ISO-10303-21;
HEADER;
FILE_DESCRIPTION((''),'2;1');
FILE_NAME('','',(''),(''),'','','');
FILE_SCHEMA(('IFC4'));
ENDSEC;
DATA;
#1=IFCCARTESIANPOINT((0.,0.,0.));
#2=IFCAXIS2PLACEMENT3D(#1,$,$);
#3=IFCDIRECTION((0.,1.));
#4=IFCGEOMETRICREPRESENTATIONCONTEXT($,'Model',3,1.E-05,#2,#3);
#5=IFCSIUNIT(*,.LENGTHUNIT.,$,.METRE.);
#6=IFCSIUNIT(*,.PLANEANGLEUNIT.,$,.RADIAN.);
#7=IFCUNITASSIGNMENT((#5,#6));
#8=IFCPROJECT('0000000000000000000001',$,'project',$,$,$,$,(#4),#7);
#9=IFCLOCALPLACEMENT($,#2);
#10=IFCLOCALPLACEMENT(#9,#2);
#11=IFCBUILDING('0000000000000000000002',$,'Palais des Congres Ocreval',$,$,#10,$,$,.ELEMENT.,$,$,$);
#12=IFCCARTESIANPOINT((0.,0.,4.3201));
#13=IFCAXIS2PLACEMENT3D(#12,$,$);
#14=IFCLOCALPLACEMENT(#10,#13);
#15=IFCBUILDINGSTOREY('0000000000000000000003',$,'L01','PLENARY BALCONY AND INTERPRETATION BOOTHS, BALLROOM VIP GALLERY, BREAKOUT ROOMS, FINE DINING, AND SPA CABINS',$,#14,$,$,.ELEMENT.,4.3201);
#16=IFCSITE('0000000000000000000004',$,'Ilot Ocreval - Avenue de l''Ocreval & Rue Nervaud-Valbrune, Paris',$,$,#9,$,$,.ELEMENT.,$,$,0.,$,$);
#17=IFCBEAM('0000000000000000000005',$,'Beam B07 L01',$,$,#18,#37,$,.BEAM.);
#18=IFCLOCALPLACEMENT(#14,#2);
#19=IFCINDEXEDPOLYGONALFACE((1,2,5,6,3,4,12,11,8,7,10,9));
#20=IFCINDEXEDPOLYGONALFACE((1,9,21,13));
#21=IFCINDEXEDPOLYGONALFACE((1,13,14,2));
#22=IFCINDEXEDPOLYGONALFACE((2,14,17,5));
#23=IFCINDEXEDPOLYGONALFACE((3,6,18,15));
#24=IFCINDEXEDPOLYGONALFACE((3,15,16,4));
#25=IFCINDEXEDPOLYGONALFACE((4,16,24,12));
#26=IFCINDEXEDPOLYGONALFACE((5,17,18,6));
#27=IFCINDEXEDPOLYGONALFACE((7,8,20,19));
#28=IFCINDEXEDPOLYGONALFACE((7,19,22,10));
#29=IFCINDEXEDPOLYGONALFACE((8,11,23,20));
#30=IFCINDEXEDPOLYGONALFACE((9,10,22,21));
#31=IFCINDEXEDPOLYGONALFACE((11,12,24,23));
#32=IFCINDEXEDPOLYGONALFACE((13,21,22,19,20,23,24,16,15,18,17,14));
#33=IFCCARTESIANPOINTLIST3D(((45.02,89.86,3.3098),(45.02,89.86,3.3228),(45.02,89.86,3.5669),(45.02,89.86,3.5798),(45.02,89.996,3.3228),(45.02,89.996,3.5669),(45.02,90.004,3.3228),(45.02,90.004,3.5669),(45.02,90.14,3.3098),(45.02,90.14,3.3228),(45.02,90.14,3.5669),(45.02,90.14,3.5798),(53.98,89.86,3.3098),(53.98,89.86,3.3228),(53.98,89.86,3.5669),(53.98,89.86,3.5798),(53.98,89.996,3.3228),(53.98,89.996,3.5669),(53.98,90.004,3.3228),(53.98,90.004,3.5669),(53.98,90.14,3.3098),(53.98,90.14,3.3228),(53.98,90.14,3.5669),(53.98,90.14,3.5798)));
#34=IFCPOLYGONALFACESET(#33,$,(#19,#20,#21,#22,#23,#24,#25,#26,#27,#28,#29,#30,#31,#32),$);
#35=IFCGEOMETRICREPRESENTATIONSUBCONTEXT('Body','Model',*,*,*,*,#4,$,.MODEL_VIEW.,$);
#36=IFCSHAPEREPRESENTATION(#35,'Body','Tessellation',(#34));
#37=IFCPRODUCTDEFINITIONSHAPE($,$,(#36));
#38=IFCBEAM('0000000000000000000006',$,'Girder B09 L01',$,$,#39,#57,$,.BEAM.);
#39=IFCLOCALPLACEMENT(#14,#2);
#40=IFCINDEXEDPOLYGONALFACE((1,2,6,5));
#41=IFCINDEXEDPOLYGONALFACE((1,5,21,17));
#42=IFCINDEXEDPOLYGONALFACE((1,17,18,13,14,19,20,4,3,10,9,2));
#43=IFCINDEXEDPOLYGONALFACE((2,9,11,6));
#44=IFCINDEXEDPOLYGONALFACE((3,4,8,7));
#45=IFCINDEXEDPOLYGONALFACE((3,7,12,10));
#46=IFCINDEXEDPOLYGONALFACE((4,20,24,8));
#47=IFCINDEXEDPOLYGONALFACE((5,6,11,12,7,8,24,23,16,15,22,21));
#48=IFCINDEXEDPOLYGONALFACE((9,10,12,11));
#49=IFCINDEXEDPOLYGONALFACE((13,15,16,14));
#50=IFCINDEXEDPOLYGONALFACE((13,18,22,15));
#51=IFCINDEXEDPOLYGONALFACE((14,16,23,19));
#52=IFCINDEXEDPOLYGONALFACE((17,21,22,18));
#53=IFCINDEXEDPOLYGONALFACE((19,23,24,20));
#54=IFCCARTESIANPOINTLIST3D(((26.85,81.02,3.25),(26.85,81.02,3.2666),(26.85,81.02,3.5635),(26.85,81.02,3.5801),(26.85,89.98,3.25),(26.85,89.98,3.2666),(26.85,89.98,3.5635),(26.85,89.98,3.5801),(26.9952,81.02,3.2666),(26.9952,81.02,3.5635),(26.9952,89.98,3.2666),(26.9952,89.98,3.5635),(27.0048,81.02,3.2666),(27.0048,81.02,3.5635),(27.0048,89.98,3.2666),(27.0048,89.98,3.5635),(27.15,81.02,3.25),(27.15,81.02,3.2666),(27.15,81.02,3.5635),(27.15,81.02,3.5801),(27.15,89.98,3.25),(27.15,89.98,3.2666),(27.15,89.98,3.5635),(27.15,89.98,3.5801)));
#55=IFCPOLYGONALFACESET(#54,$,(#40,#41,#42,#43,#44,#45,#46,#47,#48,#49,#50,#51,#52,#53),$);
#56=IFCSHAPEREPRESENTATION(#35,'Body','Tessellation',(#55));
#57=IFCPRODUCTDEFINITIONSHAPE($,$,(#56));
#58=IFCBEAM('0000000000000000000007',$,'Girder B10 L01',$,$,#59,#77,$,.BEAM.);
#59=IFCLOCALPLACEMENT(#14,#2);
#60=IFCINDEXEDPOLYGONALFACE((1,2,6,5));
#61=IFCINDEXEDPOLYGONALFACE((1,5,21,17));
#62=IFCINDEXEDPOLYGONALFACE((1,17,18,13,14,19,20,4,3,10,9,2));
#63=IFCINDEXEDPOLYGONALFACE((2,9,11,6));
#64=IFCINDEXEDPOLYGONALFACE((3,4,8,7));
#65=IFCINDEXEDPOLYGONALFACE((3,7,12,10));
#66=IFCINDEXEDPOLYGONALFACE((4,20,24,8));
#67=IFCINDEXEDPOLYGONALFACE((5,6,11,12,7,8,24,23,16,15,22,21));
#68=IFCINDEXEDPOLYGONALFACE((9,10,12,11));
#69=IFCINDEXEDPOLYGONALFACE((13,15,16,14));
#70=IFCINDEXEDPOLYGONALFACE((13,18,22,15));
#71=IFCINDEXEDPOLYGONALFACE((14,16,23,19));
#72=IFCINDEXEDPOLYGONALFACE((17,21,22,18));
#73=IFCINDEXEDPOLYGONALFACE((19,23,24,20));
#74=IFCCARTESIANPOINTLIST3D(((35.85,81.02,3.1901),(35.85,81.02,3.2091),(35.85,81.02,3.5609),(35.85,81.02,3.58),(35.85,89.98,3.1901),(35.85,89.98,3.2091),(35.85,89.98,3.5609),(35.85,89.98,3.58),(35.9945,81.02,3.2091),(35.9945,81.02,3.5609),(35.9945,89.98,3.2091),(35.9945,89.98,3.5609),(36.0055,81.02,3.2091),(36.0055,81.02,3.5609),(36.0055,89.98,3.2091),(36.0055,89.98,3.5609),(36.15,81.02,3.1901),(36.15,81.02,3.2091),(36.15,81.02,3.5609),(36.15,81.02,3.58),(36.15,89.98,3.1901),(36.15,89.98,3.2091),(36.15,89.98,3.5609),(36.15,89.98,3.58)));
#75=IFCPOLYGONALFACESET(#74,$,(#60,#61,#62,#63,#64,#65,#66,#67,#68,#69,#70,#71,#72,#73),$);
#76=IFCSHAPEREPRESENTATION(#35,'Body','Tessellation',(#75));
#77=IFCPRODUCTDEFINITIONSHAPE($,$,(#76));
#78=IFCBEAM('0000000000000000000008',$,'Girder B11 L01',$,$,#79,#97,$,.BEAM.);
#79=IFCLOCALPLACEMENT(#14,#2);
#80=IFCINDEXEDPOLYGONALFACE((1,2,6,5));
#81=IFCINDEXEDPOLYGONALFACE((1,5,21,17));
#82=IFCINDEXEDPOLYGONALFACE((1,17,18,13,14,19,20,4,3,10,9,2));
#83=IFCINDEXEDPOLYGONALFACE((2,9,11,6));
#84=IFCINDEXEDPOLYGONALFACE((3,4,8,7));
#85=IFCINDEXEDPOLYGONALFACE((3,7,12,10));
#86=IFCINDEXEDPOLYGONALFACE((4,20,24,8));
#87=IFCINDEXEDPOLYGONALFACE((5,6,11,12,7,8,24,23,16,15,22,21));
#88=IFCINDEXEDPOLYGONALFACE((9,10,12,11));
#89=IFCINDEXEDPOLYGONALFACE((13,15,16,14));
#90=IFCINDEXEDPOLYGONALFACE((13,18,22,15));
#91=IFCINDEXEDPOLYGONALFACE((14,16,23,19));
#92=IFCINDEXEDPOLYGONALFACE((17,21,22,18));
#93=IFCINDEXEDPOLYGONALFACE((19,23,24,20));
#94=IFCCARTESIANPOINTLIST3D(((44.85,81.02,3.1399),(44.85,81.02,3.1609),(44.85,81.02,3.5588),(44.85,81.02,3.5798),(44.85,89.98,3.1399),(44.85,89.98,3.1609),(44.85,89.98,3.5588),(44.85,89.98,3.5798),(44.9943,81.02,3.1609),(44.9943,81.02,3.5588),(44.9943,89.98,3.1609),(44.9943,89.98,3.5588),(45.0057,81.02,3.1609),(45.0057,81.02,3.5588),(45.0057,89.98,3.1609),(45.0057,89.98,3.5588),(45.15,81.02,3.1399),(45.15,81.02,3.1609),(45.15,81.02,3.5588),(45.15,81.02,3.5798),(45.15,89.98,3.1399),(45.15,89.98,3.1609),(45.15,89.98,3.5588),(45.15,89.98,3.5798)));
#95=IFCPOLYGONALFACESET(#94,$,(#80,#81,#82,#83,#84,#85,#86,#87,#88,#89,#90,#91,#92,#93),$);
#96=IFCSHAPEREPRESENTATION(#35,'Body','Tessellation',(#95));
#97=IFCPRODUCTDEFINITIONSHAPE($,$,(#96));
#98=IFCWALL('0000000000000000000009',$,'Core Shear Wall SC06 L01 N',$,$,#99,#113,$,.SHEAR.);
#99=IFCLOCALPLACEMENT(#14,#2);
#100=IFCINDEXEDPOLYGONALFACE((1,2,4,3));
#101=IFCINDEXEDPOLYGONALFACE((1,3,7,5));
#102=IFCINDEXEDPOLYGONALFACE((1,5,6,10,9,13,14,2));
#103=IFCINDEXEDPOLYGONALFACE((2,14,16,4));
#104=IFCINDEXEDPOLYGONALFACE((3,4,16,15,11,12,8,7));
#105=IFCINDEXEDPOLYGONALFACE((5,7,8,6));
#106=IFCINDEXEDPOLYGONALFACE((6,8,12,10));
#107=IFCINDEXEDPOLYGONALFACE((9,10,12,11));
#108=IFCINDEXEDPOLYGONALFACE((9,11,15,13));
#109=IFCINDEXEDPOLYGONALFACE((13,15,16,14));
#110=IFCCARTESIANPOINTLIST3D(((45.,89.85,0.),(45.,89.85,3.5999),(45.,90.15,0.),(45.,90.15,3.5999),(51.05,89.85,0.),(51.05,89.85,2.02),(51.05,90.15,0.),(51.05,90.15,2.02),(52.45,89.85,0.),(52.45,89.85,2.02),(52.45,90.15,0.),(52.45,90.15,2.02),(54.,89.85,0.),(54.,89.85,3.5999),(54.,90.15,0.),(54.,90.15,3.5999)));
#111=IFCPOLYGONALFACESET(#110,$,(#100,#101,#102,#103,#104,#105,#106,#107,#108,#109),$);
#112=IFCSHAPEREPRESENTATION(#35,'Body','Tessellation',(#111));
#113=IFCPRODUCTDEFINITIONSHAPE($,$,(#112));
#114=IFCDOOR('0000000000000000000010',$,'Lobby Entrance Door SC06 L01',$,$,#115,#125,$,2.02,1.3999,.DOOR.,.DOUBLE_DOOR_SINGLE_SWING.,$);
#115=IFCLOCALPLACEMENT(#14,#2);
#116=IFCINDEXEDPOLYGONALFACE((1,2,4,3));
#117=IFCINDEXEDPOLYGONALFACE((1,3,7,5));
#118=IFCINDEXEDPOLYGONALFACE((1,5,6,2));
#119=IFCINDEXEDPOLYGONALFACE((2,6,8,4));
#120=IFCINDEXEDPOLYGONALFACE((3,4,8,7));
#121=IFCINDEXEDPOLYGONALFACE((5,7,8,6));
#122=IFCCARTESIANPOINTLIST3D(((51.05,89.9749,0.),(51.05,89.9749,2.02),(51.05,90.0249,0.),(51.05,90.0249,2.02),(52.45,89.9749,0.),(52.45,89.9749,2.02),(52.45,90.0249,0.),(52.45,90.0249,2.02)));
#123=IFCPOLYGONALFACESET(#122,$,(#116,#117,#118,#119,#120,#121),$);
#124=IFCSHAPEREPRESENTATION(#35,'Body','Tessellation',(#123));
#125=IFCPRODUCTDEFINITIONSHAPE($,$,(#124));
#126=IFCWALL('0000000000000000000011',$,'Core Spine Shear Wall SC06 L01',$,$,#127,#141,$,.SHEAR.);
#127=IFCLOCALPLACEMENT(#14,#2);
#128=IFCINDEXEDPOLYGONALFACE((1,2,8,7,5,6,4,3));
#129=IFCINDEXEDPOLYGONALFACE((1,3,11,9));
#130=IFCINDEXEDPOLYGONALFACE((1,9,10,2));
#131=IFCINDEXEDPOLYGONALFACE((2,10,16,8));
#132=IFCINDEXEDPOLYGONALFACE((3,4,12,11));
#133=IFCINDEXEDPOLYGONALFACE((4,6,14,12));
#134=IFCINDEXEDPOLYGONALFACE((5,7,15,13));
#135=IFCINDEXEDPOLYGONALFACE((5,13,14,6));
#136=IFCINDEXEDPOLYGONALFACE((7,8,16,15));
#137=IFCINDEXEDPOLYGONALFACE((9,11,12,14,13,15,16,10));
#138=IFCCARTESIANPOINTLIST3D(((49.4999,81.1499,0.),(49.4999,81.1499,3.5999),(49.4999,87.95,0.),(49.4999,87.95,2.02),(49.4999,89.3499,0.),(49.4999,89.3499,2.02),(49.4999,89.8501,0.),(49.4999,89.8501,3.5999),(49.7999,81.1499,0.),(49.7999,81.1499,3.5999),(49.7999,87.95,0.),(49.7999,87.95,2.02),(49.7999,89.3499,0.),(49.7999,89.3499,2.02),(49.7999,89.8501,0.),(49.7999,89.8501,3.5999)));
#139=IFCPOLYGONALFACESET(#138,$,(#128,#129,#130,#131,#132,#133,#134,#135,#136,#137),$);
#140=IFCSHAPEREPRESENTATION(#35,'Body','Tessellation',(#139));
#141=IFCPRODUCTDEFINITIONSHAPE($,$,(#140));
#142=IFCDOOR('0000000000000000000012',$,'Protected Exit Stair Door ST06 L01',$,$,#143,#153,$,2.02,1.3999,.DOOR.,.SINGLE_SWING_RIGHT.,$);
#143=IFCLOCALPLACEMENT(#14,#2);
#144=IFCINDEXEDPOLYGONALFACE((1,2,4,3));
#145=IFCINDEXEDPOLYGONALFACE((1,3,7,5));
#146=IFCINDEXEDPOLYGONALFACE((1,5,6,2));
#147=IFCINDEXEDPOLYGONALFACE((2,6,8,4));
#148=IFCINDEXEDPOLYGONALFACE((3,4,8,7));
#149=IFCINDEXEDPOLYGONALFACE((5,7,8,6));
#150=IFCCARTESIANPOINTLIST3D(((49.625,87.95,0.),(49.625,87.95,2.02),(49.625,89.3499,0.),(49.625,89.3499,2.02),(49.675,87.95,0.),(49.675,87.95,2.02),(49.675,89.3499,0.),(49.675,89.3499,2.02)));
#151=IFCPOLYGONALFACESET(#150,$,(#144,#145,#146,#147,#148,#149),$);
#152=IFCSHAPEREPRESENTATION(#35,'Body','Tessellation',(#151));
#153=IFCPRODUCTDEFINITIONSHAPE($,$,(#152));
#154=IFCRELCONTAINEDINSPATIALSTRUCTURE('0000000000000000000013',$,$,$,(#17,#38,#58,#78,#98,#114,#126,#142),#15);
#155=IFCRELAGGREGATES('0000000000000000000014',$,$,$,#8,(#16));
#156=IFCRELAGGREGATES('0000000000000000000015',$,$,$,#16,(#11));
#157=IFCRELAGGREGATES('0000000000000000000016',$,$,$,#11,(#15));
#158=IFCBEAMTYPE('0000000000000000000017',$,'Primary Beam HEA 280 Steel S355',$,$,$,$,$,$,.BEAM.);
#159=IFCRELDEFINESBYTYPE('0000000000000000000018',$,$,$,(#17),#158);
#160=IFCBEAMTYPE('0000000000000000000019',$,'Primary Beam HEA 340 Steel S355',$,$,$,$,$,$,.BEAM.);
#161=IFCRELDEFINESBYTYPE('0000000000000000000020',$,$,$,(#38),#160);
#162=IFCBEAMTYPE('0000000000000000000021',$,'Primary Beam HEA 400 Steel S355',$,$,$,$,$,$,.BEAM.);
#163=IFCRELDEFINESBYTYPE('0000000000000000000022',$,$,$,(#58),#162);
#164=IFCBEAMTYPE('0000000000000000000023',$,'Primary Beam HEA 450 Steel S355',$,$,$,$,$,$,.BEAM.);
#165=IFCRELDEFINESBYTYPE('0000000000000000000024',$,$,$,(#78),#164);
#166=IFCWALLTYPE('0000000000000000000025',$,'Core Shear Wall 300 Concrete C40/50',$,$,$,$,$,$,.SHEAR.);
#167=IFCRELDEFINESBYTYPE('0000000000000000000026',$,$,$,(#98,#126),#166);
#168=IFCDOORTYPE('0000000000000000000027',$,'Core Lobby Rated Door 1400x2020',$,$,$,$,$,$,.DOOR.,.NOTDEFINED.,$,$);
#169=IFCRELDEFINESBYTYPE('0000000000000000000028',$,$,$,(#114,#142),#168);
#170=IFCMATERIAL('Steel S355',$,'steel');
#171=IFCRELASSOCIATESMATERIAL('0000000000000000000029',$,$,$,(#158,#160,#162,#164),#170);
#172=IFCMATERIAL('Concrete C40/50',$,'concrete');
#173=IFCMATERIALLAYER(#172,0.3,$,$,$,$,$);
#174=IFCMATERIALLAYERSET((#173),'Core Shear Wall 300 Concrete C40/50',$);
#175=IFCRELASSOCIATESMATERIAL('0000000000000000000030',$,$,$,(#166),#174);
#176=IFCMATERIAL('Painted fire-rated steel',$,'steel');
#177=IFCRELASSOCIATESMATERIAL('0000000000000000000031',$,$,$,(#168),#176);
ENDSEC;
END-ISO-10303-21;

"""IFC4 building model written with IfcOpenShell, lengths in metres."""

from ifc_helpers import new_model, si_unit, direction, frame, frame_2d, origin, origin_2d, place, context, subcontext, project, spatial, rectangle, i_section, extrude, material, layer, layer_set, material_profile, profile_set, type_object, element, fill, save


model = new_model("IFC4")

# Units and contexts
model_context = context("Model", 3, precision=1e-05, world=origin(), true_north=direction((0.0, 1.0)))
body_context = subcontext(model_context, "Body", "Model", "MODEL_VIEW")
ifc_project = project(units=[si_unit("LENGTHUNIT", "METRE"), si_unit("PLANEANGLEUNIT", "RADIAN")], contexts=[model_context])

# Site, building, storey
site_placement = place(None, origin())
site = spatial("IfcSite", under=ifc_project, at=site_placement, Name="Ilot Ocreval - Avenue de l'Ocreval & Rue Nervaud-Valbrune, Paris", CompositionType="ELEMENT", RefElevation=0.0)
building_placement = place(site_placement, origin())
building = spatial("IfcBuilding", under=site, at=building_placement, Name="Palais des Congres Ocreval", CompositionType="ELEMENT")
storey_placement = place(building_placement, frame((0.0, 0.0, 4.3201)))
storey = spatial("IfcBuildingStorey", under=building, at=storey_placement, Name="L01", Description="PLENARY BALCONY AND INTERPRETATION BOOTHS, BALLROOM VIP GALLERY, BREAKOUT ROOMS, FINE DINING, AND SPA CABINS", CompositionType="ELEMENT", Elevation=4.3201)

# Shared definitions
ifc_material_1 = material(Name="Steel S355", Category="steel")

# Beams
ifc_material_profile_1 = material_profile(ifc_material_1, i_section(OverallWidth=0.28, OverallDepth=0.27, WebThickness=0.0081, FlangeThickness=0.0129, at=origin_2d()), Name="HEA 280")
ifc_profile_set_1 = profile_set([ifc_material_profile_1], Name="Steel S355")
beam_type_1 = type_object("IfcBeamType", Name="Primary Beam HEA 280 Steel S355", PredefinedType="BEAM", material=ifc_profile_set_1)
beam_1_placement = place(storey_placement, frame((45.02, 90.0, 3.4448), z_axis=(1.0, 0.0, 0.0), x_axis=(0.0, 1.0, 0.0)))
element("IfcBeam", 1, at=beam_1_placement, inside=storey, type_object=beam_type_1, Name="Beam B07 L01", PredefinedType="BEAM", context=body_context, shape_type="SweptSolid", body=[
    extrude(i_section(OverallWidth=0.28, OverallDepth=0.27, WebThickness=0.0081, FlangeThickness=0.0129, at=origin_2d()), origin(), (0.0, 0.0, 1.0), 8.96),
])
ifc_material_profile_2 = material_profile(ifc_material_1, i_section(OverallWidth=0.3, OverallDepth=0.3301, WebThickness=0.0095, FlangeThickness=0.0166, at=origin_2d()), Name="HEA 340")
ifc_profile_set_2 = profile_set([ifc_material_profile_2], Name="Steel S355")
beam_type_2 = type_object("IfcBeamType", Name="Primary Beam HEA 340 Steel S355", PredefinedType="BEAM", material=ifc_profile_set_2)
beam_2_placement = place(storey_placement, frame((27.0, 81.02, 3.415), z_axis=(0.0, 1.0, 0.0), x_axis=(-1.0, 0.0, 0.0)))
element("IfcBeam", 2, at=beam_2_placement, inside=storey, type_object=beam_type_2, Name="Girder B09 L01", PredefinedType="BEAM", context=body_context, shape_type="SweptSolid", body=[
    extrude(i_section(OverallWidth=0.3, OverallDepth=0.3301, WebThickness=0.0095, FlangeThickness=0.0166, at=origin_2d()), origin(), (0.0, 0.0, 1.0), 8.96),
])
ifc_material_profile_3 = material_profile(ifc_material_1, i_section(OverallWidth=0.3, OverallDepth=0.3899, WebThickness=0.011, FlangeThickness=0.019, at=origin_2d()), Name="HEA 400")
ifc_profile_set_3 = profile_set([ifc_material_profile_3], Name="Steel S355")
beam_type_3 = type_object("IfcBeamType", Name="Primary Beam HEA 400 Steel S355", PredefinedType="BEAM", material=ifc_profile_set_3)
beam_3_placement = place(storey_placement, frame((36.0, 81.02, 3.385), z_axis=(0.0, 1.0, 0.0), x_axis=(-1.0, 0.0, 0.0)))
element("IfcBeam", 3, at=beam_3_placement, inside=storey, type_object=beam_type_3, Name="Girder B10 L01", PredefinedType="BEAM", context=body_context, shape_type="SweptSolid", body=[
    extrude(i_section(OverallWidth=0.3, OverallDepth=0.3899, WebThickness=0.011, FlangeThickness=0.019, at=origin_2d()), origin(), (0.0, 0.0, 1.0), 8.96),
])
ifc_material_profile_4 = material_profile(ifc_material_1, i_section(OverallWidth=0.3, OverallDepth=0.4399, WebThickness=0.0115, FlangeThickness=0.021, at=origin_2d()), Name="HEA 450")
ifc_profile_set_4 = profile_set([ifc_material_profile_4], Name="Steel S355")
beam_type_4 = type_object("IfcBeamType", Name="Primary Beam HEA 450 Steel S355", PredefinedType="BEAM", material=ifc_profile_set_4)
beam_4_placement = place(storey_placement, frame((45.0, 81.02, 3.3599), z_axis=(0.0, 1.0, 0.0), x_axis=(-1.0, 0.0, 0.0)))
element("IfcBeam", 4, at=beam_4_placement, inside=storey, type_object=beam_type_4, Name="Girder B11 L01", PredefinedType="BEAM", context=body_context, shape_type="SweptSolid", body=[
    extrude(i_section(OverallWidth=0.3, OverallDepth=0.4399, WebThickness=0.0115, FlangeThickness=0.021, at=origin_2d()), origin(), (0.0, 0.0, 1.0), 8.96),
])

# Walls, openings, doors
ifc_material_2 = material(Name="Concrete C40/50", Category="concrete")
ifc_layer_1 = layer(ifc_material_2, 0.3)
ifc_layer_set_1 = layer_set([ifc_layer_1], Name="Core Shear Wall 300 Concrete C40/50")
wall_type_1 = type_object("IfcWallType", Name="Core Shear Wall 300 Concrete C40/50", PredefinedType="SHEAR", material=ifc_layer_set_1)
wall_1_placement = place(storey_placement, frame((45.0, 90.0, 0.0), z_axis=(0.0, 0.0, 1.0), x_axis=(1.0, 0.0, 0.0)))
wall_1 = element("IfcWall", 5, at=wall_1_placement, inside=storey, type_object=wall_type_1, Name="Core Shear Wall SC06 L01 N", PredefinedType="SHEAR", context=body_context, shape_type="SweptSolid", body=[
    extrude(rectangle(XDim=9.0, YDim=0.3, at=frame_2d((4.5, 0.0))), origin(), (0.0, 0.0, 1.0), 3.5999),
])
opening_1_placement = place(wall_1_placement, frame((6.05, 0.0, 0.0)))
opening_1 = element("IfcOpeningElement", 6, at=opening_1_placement, cuts=wall_1, PredefinedType="OPENING", context=body_context, shape_type="SweptSolid", body=[
    extrude(rectangle(XDim=1.3999, YDim=2.02, at=frame_2d((0.7, 1.01))), frame((0.0, 0.1599, 0.0), z_axis=(0.0, -1.0, 0.0), x_axis=(1.0, 0.0, 0.0)), (0.0, 0.0, 1.0), 0.3201),
])
ifc_material_3 = material(Name="Painted fire-rated steel", Category="steel")
door_type_1 = type_object("IfcDoorType", Name="Core Lobby Rated Door 1400x2020", OperationType="NOTDEFINED", PredefinedType="DOOR", material=ifc_material_3)
door_1_placement = place(opening_1_placement, origin())
door_1 = element("IfcDoor", 7, at=door_1_placement, inside=storey, type_object=door_type_1, Name="Lobby Entrance Door SC06 L01", OperationType="DOUBLE_DOOR_SINGLE_SWING", OverallHeight=2.02, OverallWidth=1.3999, PredefinedType="DOOR", context=body_context, shape_type="SweptSolid", body=[
    extrude(rectangle(XDim=1.3999, YDim=2.02, at=frame_2d((0.7, 1.01))), frame((0.0, 0.0249, 0.0), z_axis=(0.0, -1.0, 0.0), x_axis=(1.0, 0.0, 0.0)), (0.0, 0.0, 1.0), 0.05),
])
fill(opening_1, door_1)
wall_2_placement = place(storey_placement, frame((49.6499, 81.1499, 0.0), z_axis=(0.0, 0.0, 1.0), x_axis=(0.0, 1.0, 0.0)))
wall_2 = element("IfcWall", 8, at=wall_2_placement, inside=storey, type_object=wall_type_1, Name="Core Spine Shear Wall SC06 L01", PredefinedType="SHEAR", context=body_context, shape_type="SweptSolid", body=[
    extrude(rectangle(XDim=8.7002, YDim=0.3, at=frame_2d((4.3501, 0.0))), origin(), (0.0, 0.0, 1.0), 3.5999),
])
opening_2_placement = place(wall_2_placement, frame((6.8, 0.0, 0.0)))
opening_2 = element("IfcOpeningElement", 9, at=opening_2_placement, cuts=wall_2, PredefinedType="OPENING", context=body_context, shape_type="SweptSolid", body=[
    extrude(rectangle(XDim=1.3999, YDim=2.02, at=frame_2d((0.7, 1.01))), frame((0.0, 0.1599, 0.0), z_axis=(0.0, -1.0, 0.0), x_axis=(1.0, 0.0, 0.0)), (0.0, 0.0, 1.0), 0.3201),
])
door_2_placement = place(opening_2_placement, origin())
door_2 = element("IfcDoor", 10, at=door_2_placement, inside=storey, type_object=door_type_1, Name="Protected Exit Stair Door ST06 L01", OperationType="SINGLE_SWING_RIGHT", OverallHeight=2.02, OverallWidth=1.3999, PredefinedType="DOOR", context=body_context, shape_type="SweptSolid", body=[
    extrude(rectangle(XDim=1.3999, YDim=2.02, at=frame_2d((0.7, 1.01))), frame((0.0, 0.0249, 0.0), z_axis=(0.0, -1.0, 0.0), x_axis=(1.0, 0.0, 0.0)), (0.0, 0.0, 1.0), 0.05),
])
fill(opening_2, door_2)

save(model, "model.ifc")
